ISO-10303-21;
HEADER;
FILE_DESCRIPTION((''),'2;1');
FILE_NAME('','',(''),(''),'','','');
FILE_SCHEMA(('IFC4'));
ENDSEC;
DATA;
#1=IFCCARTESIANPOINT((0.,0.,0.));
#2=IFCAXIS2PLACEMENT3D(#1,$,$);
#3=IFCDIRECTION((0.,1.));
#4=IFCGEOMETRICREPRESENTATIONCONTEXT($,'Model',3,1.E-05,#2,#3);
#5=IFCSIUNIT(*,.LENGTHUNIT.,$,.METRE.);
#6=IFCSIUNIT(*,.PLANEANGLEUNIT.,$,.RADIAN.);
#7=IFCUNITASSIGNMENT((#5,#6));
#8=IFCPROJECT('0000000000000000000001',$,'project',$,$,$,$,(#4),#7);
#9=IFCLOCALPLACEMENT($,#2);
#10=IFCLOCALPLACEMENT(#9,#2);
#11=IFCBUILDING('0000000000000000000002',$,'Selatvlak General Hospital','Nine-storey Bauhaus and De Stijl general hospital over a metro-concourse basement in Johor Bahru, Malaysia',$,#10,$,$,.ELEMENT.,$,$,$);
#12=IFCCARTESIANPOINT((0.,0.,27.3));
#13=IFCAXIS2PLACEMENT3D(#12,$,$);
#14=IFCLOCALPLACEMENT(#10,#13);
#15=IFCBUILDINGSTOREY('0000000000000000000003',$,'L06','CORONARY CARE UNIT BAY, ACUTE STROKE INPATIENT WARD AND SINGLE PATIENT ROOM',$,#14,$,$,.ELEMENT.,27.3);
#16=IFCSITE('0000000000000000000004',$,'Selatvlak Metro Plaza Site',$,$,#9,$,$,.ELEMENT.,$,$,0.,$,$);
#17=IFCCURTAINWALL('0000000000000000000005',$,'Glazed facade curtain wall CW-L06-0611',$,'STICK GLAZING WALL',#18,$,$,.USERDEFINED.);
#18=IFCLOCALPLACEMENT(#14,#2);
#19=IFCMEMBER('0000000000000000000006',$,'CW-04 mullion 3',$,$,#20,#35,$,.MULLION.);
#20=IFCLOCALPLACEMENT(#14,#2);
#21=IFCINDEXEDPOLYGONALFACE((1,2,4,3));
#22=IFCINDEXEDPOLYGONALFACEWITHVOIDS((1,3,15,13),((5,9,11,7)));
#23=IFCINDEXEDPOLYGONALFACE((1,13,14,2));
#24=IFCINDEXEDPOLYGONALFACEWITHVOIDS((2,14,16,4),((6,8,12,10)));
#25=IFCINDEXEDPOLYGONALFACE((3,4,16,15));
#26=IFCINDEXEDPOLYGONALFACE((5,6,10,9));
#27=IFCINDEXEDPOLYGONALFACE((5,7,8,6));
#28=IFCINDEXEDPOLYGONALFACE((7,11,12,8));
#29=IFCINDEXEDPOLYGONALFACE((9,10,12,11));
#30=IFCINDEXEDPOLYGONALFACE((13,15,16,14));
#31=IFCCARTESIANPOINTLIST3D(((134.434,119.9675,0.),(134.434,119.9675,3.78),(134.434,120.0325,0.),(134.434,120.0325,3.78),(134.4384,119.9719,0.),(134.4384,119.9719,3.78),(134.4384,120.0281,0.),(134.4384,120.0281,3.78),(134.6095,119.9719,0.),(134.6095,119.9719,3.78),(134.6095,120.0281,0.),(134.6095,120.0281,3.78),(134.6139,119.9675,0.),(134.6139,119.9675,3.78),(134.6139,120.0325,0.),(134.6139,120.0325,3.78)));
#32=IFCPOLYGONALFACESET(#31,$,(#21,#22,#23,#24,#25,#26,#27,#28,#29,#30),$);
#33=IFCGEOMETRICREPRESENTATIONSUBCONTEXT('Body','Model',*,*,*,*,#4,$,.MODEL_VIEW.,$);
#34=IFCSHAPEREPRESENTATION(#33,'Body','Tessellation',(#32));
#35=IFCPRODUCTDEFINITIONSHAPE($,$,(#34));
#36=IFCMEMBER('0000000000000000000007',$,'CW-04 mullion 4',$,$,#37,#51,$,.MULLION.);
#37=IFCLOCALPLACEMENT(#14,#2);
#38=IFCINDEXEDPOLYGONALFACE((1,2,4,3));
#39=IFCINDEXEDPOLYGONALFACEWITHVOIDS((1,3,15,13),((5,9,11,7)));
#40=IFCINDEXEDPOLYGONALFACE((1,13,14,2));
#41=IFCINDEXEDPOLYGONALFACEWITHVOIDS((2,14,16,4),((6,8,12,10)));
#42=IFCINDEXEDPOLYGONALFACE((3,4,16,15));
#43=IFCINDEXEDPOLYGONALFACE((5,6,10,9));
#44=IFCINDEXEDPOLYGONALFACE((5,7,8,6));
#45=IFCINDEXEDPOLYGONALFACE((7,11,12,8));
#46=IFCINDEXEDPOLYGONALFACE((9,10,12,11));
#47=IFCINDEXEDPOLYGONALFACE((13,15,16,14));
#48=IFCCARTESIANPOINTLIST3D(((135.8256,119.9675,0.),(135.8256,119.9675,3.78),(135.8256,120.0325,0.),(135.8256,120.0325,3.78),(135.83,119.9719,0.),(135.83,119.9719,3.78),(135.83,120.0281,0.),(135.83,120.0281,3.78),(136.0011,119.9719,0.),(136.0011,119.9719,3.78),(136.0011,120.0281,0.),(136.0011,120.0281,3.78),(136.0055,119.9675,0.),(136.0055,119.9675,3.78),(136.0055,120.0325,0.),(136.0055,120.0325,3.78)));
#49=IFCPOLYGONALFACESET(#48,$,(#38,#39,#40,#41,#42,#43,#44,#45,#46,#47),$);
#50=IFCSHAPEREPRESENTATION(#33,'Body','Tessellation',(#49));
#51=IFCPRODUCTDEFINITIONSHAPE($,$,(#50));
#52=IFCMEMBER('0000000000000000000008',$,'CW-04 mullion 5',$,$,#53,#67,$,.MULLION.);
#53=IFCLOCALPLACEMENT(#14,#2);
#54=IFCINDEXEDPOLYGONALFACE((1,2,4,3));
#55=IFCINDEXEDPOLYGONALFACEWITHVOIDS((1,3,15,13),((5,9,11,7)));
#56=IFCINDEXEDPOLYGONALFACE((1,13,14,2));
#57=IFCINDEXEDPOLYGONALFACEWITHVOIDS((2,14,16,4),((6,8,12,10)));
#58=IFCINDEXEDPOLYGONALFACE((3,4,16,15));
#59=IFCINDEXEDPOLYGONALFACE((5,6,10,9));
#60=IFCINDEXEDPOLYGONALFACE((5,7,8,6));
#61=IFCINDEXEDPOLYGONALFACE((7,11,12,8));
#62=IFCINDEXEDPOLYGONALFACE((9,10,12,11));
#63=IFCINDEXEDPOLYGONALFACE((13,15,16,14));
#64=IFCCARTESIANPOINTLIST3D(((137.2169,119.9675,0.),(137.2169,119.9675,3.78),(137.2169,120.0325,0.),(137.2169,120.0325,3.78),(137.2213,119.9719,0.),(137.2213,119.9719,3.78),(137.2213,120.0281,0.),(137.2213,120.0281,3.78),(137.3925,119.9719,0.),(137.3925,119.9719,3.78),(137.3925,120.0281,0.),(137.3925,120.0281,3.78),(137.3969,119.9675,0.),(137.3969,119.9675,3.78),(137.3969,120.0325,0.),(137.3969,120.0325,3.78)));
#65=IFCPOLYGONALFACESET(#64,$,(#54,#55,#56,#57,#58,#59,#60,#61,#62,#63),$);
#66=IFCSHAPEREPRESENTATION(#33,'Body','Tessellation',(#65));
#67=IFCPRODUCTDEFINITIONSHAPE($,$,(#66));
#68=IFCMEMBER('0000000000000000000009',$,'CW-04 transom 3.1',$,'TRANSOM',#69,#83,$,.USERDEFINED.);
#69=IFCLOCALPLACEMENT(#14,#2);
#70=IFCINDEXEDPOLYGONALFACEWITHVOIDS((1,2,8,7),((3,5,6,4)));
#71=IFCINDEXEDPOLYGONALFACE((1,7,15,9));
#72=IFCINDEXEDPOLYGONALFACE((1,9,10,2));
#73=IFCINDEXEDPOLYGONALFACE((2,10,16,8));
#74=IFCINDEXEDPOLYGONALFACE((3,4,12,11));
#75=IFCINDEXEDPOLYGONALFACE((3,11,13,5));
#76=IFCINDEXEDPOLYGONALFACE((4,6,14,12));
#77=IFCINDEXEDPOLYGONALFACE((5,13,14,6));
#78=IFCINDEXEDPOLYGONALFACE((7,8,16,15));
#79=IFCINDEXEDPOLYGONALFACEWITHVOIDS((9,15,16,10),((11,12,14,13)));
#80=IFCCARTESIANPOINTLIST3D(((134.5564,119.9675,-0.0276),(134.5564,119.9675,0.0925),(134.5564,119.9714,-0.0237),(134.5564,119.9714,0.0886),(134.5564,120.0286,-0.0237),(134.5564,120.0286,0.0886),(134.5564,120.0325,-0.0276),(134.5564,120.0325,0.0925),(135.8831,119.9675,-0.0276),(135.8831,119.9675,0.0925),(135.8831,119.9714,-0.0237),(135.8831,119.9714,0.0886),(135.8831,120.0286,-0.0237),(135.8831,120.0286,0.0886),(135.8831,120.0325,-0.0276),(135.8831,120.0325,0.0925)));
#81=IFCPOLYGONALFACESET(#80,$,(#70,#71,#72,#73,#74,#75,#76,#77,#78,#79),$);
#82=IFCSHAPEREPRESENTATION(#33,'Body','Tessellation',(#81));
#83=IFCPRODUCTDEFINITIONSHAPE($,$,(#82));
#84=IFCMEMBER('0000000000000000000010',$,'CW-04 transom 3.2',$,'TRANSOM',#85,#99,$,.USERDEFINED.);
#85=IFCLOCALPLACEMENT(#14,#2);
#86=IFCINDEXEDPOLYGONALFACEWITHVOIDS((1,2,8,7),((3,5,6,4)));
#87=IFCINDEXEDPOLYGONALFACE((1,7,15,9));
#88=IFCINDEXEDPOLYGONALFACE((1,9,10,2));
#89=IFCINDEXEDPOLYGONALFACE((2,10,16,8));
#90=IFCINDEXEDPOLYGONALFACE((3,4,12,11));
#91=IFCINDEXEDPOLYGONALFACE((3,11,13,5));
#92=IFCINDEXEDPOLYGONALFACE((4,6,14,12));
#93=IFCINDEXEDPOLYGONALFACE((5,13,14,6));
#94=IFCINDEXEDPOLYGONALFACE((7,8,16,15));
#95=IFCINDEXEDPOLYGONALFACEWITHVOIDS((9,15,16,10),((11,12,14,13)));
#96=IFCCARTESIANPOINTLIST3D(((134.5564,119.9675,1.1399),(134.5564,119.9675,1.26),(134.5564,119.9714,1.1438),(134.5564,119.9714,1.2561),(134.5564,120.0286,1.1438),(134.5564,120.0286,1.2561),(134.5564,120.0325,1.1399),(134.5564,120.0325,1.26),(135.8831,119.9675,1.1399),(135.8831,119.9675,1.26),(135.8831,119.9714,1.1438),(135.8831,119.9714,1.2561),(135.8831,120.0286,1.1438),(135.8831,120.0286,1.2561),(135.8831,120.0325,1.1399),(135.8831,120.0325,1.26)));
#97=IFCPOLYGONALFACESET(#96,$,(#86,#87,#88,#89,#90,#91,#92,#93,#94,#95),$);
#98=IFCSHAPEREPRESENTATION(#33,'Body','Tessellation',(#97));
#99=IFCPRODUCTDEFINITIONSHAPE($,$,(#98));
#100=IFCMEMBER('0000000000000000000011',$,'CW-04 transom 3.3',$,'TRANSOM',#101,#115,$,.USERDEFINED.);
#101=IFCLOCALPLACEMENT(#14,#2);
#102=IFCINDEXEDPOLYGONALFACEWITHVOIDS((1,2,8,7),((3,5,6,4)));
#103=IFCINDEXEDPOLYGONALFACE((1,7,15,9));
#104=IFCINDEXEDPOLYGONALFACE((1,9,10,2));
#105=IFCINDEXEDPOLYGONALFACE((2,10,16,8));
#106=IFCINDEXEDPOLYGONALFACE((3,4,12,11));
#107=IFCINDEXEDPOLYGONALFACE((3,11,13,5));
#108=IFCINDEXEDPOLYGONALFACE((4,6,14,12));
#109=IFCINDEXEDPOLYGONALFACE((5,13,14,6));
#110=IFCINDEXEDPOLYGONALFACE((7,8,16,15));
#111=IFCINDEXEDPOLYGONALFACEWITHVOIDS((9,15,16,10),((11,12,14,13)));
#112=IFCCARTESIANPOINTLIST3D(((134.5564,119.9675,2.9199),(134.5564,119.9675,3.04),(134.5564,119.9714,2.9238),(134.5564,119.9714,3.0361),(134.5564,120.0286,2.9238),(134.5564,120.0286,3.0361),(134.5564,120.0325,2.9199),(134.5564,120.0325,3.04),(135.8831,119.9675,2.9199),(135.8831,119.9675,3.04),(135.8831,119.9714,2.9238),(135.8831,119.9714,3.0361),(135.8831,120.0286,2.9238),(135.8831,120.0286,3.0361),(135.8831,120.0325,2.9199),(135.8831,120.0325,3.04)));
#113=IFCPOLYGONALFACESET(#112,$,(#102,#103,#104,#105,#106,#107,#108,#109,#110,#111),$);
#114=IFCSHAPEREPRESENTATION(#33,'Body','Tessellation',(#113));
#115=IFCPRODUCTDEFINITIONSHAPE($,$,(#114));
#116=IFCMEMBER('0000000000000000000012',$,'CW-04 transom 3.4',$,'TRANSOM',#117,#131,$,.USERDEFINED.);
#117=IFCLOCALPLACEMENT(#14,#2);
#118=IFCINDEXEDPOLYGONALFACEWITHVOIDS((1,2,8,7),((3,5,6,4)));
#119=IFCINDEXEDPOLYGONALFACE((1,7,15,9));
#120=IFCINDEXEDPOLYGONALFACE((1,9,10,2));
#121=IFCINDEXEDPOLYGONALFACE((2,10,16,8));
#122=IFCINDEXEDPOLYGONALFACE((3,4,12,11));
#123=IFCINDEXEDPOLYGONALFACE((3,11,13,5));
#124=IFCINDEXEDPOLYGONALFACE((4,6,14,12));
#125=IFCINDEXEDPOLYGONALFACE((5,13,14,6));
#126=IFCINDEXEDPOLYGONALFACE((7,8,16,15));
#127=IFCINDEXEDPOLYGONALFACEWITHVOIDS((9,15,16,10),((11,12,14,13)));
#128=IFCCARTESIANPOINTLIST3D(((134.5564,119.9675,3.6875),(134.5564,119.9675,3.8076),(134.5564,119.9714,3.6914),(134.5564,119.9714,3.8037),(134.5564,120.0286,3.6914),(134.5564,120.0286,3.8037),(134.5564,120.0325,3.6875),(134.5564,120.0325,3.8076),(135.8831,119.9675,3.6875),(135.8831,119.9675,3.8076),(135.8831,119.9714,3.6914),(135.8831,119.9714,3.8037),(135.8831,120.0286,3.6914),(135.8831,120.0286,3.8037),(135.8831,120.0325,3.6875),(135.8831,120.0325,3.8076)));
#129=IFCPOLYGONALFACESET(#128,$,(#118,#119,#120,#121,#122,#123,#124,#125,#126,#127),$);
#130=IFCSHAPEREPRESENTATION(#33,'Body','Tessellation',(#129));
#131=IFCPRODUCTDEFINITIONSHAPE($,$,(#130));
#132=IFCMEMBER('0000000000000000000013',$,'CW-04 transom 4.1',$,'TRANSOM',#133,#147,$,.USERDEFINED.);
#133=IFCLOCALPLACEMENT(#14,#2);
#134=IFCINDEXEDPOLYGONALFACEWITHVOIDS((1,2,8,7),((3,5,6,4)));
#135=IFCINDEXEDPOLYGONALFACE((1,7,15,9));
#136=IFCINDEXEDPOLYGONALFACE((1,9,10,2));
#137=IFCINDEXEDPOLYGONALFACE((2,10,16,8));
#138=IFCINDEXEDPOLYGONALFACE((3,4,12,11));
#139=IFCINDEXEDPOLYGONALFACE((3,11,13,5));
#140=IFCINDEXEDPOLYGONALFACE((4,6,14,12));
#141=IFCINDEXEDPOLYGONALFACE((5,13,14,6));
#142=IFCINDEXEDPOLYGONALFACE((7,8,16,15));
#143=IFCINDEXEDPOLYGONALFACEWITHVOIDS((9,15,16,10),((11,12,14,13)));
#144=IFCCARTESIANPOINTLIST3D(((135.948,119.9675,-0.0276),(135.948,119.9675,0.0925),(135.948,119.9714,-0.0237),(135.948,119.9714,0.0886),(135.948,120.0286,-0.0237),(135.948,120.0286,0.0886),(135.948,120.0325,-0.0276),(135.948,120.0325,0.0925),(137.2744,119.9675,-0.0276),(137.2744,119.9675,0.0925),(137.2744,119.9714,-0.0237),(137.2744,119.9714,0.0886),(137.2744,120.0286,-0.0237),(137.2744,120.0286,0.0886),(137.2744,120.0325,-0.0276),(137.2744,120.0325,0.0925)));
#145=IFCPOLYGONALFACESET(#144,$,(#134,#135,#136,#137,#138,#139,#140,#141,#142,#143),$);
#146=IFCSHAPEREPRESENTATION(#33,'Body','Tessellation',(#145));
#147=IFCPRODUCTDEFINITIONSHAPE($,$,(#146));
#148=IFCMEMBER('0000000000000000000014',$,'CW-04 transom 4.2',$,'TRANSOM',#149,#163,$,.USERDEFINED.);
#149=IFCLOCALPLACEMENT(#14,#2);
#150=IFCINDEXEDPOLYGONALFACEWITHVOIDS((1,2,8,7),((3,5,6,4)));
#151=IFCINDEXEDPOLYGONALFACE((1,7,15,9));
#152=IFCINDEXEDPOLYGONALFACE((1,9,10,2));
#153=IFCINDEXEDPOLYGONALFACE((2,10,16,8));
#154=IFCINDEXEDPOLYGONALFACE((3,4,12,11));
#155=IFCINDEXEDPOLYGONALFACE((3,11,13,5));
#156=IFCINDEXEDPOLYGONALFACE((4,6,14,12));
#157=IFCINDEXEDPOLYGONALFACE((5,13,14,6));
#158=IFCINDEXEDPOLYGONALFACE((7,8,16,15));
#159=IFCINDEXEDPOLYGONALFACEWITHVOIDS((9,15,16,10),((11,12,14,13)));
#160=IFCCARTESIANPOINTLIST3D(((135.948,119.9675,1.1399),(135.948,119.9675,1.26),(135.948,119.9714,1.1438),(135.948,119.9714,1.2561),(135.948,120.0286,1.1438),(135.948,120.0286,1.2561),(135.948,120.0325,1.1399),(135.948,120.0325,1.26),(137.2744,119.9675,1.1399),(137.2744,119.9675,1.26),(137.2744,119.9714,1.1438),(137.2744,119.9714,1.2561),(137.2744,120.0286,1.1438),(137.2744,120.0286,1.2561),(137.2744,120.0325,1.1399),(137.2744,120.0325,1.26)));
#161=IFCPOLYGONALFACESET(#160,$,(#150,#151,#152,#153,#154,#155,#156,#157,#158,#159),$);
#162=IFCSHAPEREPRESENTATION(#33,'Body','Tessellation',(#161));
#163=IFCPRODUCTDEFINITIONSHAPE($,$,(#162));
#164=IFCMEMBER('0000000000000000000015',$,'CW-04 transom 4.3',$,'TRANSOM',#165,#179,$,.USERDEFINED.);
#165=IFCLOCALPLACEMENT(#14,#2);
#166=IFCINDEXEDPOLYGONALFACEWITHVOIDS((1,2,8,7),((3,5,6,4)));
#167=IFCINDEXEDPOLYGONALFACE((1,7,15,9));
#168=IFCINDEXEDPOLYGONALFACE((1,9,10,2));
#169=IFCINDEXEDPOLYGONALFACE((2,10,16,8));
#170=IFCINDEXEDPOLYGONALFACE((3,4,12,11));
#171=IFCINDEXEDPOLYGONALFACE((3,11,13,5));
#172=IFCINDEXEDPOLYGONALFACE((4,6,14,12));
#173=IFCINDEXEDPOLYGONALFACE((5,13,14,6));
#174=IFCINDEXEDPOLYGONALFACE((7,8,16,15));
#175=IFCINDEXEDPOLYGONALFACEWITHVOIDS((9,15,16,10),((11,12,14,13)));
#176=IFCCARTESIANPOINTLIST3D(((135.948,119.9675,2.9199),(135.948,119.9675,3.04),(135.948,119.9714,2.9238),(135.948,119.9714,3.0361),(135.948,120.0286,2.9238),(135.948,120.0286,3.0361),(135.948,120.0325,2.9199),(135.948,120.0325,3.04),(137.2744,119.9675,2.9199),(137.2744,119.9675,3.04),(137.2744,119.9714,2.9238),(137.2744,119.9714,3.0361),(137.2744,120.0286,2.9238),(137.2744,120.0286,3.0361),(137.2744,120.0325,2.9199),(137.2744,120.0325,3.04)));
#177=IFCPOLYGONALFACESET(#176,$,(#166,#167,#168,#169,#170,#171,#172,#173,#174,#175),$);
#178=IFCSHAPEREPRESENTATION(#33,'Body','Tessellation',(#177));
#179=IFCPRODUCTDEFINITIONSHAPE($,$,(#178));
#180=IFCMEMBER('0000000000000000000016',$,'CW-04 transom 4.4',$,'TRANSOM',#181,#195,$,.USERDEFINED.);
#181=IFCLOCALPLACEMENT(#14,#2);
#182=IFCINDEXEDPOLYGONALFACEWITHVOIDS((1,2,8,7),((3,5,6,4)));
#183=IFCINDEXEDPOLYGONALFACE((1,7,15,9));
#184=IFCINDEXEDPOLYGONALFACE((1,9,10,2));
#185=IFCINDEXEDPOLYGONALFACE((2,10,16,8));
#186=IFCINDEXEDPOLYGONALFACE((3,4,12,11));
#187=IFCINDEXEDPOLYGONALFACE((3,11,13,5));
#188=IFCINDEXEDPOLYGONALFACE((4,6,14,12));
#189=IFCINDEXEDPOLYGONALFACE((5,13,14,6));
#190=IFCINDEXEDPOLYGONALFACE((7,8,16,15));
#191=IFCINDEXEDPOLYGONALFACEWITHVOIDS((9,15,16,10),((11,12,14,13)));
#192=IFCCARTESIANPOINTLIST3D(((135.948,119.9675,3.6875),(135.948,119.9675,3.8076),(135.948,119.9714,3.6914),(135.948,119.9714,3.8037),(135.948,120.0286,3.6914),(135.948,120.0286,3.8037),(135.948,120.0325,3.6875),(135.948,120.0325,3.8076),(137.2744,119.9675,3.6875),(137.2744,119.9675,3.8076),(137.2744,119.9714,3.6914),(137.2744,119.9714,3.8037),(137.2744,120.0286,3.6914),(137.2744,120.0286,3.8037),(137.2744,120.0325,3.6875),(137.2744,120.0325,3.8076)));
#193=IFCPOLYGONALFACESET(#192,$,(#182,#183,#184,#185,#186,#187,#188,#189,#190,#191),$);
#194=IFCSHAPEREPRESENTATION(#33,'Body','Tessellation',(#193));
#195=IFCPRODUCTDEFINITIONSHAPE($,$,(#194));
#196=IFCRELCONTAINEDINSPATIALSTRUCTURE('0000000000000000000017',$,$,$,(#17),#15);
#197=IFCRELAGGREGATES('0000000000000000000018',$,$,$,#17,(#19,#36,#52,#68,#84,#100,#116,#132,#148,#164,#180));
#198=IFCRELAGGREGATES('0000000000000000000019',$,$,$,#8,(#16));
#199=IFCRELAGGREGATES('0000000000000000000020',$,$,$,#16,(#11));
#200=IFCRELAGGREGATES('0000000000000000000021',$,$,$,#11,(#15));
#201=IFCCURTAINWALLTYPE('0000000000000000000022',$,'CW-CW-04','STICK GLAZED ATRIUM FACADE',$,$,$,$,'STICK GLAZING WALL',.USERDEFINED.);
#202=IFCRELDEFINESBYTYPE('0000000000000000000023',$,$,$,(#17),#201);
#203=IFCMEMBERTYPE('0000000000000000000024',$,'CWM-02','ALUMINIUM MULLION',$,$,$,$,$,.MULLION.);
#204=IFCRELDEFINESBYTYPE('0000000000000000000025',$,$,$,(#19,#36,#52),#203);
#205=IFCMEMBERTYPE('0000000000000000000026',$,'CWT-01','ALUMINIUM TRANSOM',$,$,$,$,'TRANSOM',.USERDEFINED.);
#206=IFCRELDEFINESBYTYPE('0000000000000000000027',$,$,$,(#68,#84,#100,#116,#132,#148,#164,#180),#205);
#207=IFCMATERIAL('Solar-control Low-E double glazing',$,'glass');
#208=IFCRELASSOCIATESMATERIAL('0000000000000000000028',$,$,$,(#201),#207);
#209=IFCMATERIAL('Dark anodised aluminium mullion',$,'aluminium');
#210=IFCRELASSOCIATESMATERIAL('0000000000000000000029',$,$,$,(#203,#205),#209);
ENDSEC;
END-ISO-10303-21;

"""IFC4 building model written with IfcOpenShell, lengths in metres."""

from ifc_helpers import new_model, si_unit, direction, frame, origin, origin_2d, place, context, subcontext, project, spatial, hollow_rectangle, extrude, material, material_profile, profile_set, type_object, element, aggregate, save


model = new_model("IFC4")

# Units and contexts
model_context = context("Model", 3, precision=1e-05, world=origin(), true_north=direction((0.0, 1.0)))
body_context = subcontext(model_context, "Body", "Model", "MODEL_VIEW")
ifc_project = project(units=[si_unit("LENGTHUNIT", "METRE"), si_unit("PLANEANGLEUNIT", "RADIAN")], contexts=[model_context])

# Site, building, storey
site_placement = place(None, origin())
site = spatial("IfcSite", under=ifc_project, at=site_placement, Name="Selatvlak Metro Plaza Site", CompositionType="ELEMENT", RefElevation=0.0)
building_placement = place(site_placement, origin())
building = spatial("IfcBuilding", under=site, at=building_placement, Name="Selatvlak General Hospital", Description="Nine-storey Bauhaus and De Stijl general hospital over a metro-concourse basement in Johor Bahru, Malaysia", CompositionType="ELEMENT")
storey_placement = place(building_placement, frame((0.0, 0.0, 27.3)))
storey = spatial("IfcBuildingStorey", under=building, at=storey_placement, Name="L06", Description="CORONARY CARE UNIT BAY, ACUTE STROKE INPATIENT WARD AND SINGLE PATIENT ROOM", CompositionType="ELEMENT", Elevation=27.3)

# Curtain wall, members
ifc_material_1 = material(Name="Solar-control Low-E double glazing", Category="glass")
curtain_wall_type = type_object("IfcCurtainWallType", Name="CW-CW-04", Description="STICK GLAZED ATRIUM FACADE", ElementType="STICK GLAZING WALL", PredefinedType="USERDEFINED", material=ifc_material_1)
curtain_wall_placement = place(storey_placement, origin())
curtain_wall = element("IfcCurtainWall", 1, at=curtain_wall_placement, inside=storey, type_object=curtain_wall_type, Name="Glazed facade curtain wall CW-L06-0611", ObjectType="STICK GLAZING WALL", PredefinedType="USERDEFINED")
ifc_material_2 = material(Name="Dark anodised aluminium mullion", Category="aluminium")
ifc_material_profile_1 = material_profile(ifc_material_2, hollow_rectangle(XDim=0.0649, YDim=0.1799, WallThickness=0.0044, at=origin_2d()), Name="AL-MUL 65x180x4.5")
ifc_profile_set_1 = profile_set([ifc_material_profile_1], Name="Dark anodised aluminium mullion")
member_type_1 = type_object("IfcMemberType", Name="CWM-02", Description="ALUMINIUM MULLION", PredefinedType="MULLION", material=ifc_profile_set_1)
member_1_placement = place(storey_placement, frame((134.5239, 120.0, 0.0), z_axis=(0.0, 0.0, 1.0), x_axis=(0.0, 1.0, 0.0)))
member_1 = element("IfcMember", 2, at=member_1_placement, type_object=member_type_1, Name="CW-04 mullion 3", PredefinedType="MULLION", context=body_context, shape_type="SweptSolid", body=[
    extrude(hollow_rectangle(XDim=0.0649, YDim=0.1799, WallThickness=0.0044, at=origin_2d()), origin(), (0.0, 0.0, 1.0), 3.78),
])
member_2_placement = place(storey_placement, frame((135.9155, 120.0, 0.0), z_axis=(0.0, 0.0, 1.0), x_axis=(0.0, 1.0, 0.0)))
member_2 = element("IfcMember", 3, at=member_2_placement, type_object=member_type_1, Name="CW-04 mullion 4", PredefinedType="MULLION", context=body_context, shape_type="SweptSolid", body=[
    extrude(hollow_rectangle(XDim=0.0649, YDim=0.1799, WallThickness=0.0044, at=origin_2d()), origin(), (0.0, 0.0, 1.0), 3.78),
])
member_3_placement = place(storey_placement, frame((137.3069, 120.0, 0.0), z_axis=(0.0, 0.0, 1.0), x_axis=(0.0, 1.0, 0.0)))
member_3 = element("IfcMember", 4, at=member_3_placement, type_object=member_type_1, Name="CW-04 mullion 5", PredefinedType="MULLION", context=body_context, shape_type="SweptSolid", body=[
    extrude(hollow_rectangle(XDim=0.0649, YDim=0.1799, WallThickness=0.0044, at=origin_2d()), origin(), (0.0, 0.0, 1.0), 3.78),
])
ifc_material_profile_2 = material_profile(ifc_material_2, hollow_rectangle(XDim=0.0649, YDim=0.1201, WallThickness=0.0039, at=origin_2d()), Name="AL-TRN 65x120x4")
ifc_profile_set_2 = profile_set([ifc_material_profile_2], Name="Dark anodised aluminium mullion")
member_type_2 = type_object("IfcMemberType", Name="CWT-01", Description="ALUMINIUM TRANSOM", ElementType="TRANSOM", PredefinedType="USERDEFINED", material=ifc_profile_set_2)
member_4_placement = place(storey_placement, frame((134.5564, 120.0, 0.0325), z_axis=(1.0, 0.0, 0.0), x_axis=(0.0, 1.0, 0.0)))
member_4 = element("IfcMember", 5, at=member_4_placement, type_object=member_type_2, Name="CW-04 transom 3.1", ObjectType="TRANSOM", PredefinedType="USERDEFINED", context=body_context, shape_type="SweptSolid", body=[
    extrude(hollow_rectangle(XDim=0.0649, YDim=0.1201, WallThickness=0.0039, at=origin_2d()), origin(), (0.0, 0.0, 1.0), 1.3267),
])
member_5_placement = place(storey_placement, frame((134.5564, 120.0, 1.2), z_axis=(1.0, 0.0, 0.0), x_axis=(0.0, 1.0, 0.0)))
member_5 = element("IfcMember", 6, at=member_5_placement, type_object=member_type_2, Name="CW-04 transom 3.2", ObjectType="TRANSOM", PredefinedType="USERDEFINED", context=body_context, shape_type="SweptSolid", body=[
    extrude(hollow_rectangle(XDim=0.0649, YDim=0.1201, WallThickness=0.0039, at=origin_2d()), origin(), (0.0, 0.0, 1.0), 1.3267),
])
member_6_placement = place(storey_placement, frame((134.5564, 120.0, 2.98), z_axis=(1.0, 0.0, 0.0), x_axis=(0.0, 1.0, 0.0)))
member_6 = element("IfcMember", 7, at=member_6_placement, type_object=member_type_2, Name="CW-04 transom 3.3", ObjectType="TRANSOM", PredefinedType="USERDEFINED", context=body_context, shape_type="SweptSolid", body=[
    extrude(hollow_rectangle(XDim=0.0649, YDim=0.1201, WallThickness=0.0039, at=origin_2d()), origin(), (0.0, 0.0, 1.0), 1.3267),
])
member_7_placement = place(storey_placement, frame((134.5564, 120.0, 3.7476), z_axis=(1.0, 0.0, 0.0), x_axis=(0.0, 1.0, 0.0)))
member_7 = element("IfcMember", 8, at=member_7_placement, type_object=member_type_2, Name="CW-04 transom 3.4", ObjectType="TRANSOM", PredefinedType="USERDEFINED", context=body_context, shape_type="SweptSolid", body=[
    extrude(hollow_rectangle(XDim=0.0649, YDim=0.1201, WallThickness=0.0039, at=origin_2d()), origin(), (0.0, 0.0, 1.0), 1.3267),
])
member_8_placement = place(storey_placement, frame((135.948, 120.0, 0.0325), z_axis=(1.0, 0.0, 0.0), x_axis=(0.0, 1.0, 0.0)))
member_8 = element("IfcMember", 9, at=member_8_placement, type_object=member_type_2, Name="CW-04 transom 4.1", ObjectType="TRANSOM", PredefinedType="USERDEFINED", context=body_context, shape_type="SweptSolid", body=[
    extrude(hollow_rectangle(XDim=0.0649, YDim=0.1201, WallThickness=0.0039, at=origin_2d()), origin(), (0.0, 0.0, 1.0), 1.3264),
])
member_9_placement = place(storey_placement, frame((135.948, 120.0, 1.2), z_axis=(1.0, 0.0, 0.0), x_axis=(0.0, 1.0, 0.0)))
member_9 = element("IfcMember", 10, at=member_9_placement, type_object=member_type_2, Name="CW-04 transom 4.2", ObjectType="TRANSOM", PredefinedType="USERDEFINED", context=body_context, shape_type="SweptSolid", body=[
    extrude(hollow_rectangle(XDim=0.0649, YDim=0.1201, WallThickness=0.0039, at=origin_2d()), origin(), (0.0, 0.0, 1.0), 1.3264),
])
member_10_placement = place(storey_placement, frame((135.948, 120.0, 2.98), z_axis=(1.0, 0.0, 0.0), x_axis=(0.0, 1.0, 0.0)))
member_10 = element("IfcMember", 11, at=member_10_placement, type_object=member_type_2, Name="CW-04 transom 4.3", ObjectType="TRANSOM", PredefinedType="USERDEFINED", context=body_context, shape_type="SweptSolid", body=[
    extrude(hollow_rectangle(XDim=0.0649, YDim=0.1201, WallThickness=0.0039, at=origin_2d()), origin(), (0.0, 0.0, 1.0), 1.3264),
])
member_11_placement = place(storey_placement, frame((135.948, 120.0, 3.7476), z_axis=(1.0, 0.0, 0.0), x_axis=(0.0, 1.0, 0.0)))
member_11 = element("IfcMember", 12, at=member_11_placement, type_object=member_type_2, Name="CW-04 transom 4.4", ObjectType="TRANSOM", PredefinedType="USERDEFINED", context=body_context, shape_type="SweptSolid", body=[
    extrude(hollow_rectangle(XDim=0.0649, YDim=0.1201, WallThickness=0.0039, at=origin_2d()), origin(), (0.0, 0.0, 1.0), 1.3264),
])
aggregate(curtain_wall, [member_1, member_2, member_3, member_4, member_5, member_6, member_7, member_8, member_9, member_10, member_11])

save(model, "model.ifc")
